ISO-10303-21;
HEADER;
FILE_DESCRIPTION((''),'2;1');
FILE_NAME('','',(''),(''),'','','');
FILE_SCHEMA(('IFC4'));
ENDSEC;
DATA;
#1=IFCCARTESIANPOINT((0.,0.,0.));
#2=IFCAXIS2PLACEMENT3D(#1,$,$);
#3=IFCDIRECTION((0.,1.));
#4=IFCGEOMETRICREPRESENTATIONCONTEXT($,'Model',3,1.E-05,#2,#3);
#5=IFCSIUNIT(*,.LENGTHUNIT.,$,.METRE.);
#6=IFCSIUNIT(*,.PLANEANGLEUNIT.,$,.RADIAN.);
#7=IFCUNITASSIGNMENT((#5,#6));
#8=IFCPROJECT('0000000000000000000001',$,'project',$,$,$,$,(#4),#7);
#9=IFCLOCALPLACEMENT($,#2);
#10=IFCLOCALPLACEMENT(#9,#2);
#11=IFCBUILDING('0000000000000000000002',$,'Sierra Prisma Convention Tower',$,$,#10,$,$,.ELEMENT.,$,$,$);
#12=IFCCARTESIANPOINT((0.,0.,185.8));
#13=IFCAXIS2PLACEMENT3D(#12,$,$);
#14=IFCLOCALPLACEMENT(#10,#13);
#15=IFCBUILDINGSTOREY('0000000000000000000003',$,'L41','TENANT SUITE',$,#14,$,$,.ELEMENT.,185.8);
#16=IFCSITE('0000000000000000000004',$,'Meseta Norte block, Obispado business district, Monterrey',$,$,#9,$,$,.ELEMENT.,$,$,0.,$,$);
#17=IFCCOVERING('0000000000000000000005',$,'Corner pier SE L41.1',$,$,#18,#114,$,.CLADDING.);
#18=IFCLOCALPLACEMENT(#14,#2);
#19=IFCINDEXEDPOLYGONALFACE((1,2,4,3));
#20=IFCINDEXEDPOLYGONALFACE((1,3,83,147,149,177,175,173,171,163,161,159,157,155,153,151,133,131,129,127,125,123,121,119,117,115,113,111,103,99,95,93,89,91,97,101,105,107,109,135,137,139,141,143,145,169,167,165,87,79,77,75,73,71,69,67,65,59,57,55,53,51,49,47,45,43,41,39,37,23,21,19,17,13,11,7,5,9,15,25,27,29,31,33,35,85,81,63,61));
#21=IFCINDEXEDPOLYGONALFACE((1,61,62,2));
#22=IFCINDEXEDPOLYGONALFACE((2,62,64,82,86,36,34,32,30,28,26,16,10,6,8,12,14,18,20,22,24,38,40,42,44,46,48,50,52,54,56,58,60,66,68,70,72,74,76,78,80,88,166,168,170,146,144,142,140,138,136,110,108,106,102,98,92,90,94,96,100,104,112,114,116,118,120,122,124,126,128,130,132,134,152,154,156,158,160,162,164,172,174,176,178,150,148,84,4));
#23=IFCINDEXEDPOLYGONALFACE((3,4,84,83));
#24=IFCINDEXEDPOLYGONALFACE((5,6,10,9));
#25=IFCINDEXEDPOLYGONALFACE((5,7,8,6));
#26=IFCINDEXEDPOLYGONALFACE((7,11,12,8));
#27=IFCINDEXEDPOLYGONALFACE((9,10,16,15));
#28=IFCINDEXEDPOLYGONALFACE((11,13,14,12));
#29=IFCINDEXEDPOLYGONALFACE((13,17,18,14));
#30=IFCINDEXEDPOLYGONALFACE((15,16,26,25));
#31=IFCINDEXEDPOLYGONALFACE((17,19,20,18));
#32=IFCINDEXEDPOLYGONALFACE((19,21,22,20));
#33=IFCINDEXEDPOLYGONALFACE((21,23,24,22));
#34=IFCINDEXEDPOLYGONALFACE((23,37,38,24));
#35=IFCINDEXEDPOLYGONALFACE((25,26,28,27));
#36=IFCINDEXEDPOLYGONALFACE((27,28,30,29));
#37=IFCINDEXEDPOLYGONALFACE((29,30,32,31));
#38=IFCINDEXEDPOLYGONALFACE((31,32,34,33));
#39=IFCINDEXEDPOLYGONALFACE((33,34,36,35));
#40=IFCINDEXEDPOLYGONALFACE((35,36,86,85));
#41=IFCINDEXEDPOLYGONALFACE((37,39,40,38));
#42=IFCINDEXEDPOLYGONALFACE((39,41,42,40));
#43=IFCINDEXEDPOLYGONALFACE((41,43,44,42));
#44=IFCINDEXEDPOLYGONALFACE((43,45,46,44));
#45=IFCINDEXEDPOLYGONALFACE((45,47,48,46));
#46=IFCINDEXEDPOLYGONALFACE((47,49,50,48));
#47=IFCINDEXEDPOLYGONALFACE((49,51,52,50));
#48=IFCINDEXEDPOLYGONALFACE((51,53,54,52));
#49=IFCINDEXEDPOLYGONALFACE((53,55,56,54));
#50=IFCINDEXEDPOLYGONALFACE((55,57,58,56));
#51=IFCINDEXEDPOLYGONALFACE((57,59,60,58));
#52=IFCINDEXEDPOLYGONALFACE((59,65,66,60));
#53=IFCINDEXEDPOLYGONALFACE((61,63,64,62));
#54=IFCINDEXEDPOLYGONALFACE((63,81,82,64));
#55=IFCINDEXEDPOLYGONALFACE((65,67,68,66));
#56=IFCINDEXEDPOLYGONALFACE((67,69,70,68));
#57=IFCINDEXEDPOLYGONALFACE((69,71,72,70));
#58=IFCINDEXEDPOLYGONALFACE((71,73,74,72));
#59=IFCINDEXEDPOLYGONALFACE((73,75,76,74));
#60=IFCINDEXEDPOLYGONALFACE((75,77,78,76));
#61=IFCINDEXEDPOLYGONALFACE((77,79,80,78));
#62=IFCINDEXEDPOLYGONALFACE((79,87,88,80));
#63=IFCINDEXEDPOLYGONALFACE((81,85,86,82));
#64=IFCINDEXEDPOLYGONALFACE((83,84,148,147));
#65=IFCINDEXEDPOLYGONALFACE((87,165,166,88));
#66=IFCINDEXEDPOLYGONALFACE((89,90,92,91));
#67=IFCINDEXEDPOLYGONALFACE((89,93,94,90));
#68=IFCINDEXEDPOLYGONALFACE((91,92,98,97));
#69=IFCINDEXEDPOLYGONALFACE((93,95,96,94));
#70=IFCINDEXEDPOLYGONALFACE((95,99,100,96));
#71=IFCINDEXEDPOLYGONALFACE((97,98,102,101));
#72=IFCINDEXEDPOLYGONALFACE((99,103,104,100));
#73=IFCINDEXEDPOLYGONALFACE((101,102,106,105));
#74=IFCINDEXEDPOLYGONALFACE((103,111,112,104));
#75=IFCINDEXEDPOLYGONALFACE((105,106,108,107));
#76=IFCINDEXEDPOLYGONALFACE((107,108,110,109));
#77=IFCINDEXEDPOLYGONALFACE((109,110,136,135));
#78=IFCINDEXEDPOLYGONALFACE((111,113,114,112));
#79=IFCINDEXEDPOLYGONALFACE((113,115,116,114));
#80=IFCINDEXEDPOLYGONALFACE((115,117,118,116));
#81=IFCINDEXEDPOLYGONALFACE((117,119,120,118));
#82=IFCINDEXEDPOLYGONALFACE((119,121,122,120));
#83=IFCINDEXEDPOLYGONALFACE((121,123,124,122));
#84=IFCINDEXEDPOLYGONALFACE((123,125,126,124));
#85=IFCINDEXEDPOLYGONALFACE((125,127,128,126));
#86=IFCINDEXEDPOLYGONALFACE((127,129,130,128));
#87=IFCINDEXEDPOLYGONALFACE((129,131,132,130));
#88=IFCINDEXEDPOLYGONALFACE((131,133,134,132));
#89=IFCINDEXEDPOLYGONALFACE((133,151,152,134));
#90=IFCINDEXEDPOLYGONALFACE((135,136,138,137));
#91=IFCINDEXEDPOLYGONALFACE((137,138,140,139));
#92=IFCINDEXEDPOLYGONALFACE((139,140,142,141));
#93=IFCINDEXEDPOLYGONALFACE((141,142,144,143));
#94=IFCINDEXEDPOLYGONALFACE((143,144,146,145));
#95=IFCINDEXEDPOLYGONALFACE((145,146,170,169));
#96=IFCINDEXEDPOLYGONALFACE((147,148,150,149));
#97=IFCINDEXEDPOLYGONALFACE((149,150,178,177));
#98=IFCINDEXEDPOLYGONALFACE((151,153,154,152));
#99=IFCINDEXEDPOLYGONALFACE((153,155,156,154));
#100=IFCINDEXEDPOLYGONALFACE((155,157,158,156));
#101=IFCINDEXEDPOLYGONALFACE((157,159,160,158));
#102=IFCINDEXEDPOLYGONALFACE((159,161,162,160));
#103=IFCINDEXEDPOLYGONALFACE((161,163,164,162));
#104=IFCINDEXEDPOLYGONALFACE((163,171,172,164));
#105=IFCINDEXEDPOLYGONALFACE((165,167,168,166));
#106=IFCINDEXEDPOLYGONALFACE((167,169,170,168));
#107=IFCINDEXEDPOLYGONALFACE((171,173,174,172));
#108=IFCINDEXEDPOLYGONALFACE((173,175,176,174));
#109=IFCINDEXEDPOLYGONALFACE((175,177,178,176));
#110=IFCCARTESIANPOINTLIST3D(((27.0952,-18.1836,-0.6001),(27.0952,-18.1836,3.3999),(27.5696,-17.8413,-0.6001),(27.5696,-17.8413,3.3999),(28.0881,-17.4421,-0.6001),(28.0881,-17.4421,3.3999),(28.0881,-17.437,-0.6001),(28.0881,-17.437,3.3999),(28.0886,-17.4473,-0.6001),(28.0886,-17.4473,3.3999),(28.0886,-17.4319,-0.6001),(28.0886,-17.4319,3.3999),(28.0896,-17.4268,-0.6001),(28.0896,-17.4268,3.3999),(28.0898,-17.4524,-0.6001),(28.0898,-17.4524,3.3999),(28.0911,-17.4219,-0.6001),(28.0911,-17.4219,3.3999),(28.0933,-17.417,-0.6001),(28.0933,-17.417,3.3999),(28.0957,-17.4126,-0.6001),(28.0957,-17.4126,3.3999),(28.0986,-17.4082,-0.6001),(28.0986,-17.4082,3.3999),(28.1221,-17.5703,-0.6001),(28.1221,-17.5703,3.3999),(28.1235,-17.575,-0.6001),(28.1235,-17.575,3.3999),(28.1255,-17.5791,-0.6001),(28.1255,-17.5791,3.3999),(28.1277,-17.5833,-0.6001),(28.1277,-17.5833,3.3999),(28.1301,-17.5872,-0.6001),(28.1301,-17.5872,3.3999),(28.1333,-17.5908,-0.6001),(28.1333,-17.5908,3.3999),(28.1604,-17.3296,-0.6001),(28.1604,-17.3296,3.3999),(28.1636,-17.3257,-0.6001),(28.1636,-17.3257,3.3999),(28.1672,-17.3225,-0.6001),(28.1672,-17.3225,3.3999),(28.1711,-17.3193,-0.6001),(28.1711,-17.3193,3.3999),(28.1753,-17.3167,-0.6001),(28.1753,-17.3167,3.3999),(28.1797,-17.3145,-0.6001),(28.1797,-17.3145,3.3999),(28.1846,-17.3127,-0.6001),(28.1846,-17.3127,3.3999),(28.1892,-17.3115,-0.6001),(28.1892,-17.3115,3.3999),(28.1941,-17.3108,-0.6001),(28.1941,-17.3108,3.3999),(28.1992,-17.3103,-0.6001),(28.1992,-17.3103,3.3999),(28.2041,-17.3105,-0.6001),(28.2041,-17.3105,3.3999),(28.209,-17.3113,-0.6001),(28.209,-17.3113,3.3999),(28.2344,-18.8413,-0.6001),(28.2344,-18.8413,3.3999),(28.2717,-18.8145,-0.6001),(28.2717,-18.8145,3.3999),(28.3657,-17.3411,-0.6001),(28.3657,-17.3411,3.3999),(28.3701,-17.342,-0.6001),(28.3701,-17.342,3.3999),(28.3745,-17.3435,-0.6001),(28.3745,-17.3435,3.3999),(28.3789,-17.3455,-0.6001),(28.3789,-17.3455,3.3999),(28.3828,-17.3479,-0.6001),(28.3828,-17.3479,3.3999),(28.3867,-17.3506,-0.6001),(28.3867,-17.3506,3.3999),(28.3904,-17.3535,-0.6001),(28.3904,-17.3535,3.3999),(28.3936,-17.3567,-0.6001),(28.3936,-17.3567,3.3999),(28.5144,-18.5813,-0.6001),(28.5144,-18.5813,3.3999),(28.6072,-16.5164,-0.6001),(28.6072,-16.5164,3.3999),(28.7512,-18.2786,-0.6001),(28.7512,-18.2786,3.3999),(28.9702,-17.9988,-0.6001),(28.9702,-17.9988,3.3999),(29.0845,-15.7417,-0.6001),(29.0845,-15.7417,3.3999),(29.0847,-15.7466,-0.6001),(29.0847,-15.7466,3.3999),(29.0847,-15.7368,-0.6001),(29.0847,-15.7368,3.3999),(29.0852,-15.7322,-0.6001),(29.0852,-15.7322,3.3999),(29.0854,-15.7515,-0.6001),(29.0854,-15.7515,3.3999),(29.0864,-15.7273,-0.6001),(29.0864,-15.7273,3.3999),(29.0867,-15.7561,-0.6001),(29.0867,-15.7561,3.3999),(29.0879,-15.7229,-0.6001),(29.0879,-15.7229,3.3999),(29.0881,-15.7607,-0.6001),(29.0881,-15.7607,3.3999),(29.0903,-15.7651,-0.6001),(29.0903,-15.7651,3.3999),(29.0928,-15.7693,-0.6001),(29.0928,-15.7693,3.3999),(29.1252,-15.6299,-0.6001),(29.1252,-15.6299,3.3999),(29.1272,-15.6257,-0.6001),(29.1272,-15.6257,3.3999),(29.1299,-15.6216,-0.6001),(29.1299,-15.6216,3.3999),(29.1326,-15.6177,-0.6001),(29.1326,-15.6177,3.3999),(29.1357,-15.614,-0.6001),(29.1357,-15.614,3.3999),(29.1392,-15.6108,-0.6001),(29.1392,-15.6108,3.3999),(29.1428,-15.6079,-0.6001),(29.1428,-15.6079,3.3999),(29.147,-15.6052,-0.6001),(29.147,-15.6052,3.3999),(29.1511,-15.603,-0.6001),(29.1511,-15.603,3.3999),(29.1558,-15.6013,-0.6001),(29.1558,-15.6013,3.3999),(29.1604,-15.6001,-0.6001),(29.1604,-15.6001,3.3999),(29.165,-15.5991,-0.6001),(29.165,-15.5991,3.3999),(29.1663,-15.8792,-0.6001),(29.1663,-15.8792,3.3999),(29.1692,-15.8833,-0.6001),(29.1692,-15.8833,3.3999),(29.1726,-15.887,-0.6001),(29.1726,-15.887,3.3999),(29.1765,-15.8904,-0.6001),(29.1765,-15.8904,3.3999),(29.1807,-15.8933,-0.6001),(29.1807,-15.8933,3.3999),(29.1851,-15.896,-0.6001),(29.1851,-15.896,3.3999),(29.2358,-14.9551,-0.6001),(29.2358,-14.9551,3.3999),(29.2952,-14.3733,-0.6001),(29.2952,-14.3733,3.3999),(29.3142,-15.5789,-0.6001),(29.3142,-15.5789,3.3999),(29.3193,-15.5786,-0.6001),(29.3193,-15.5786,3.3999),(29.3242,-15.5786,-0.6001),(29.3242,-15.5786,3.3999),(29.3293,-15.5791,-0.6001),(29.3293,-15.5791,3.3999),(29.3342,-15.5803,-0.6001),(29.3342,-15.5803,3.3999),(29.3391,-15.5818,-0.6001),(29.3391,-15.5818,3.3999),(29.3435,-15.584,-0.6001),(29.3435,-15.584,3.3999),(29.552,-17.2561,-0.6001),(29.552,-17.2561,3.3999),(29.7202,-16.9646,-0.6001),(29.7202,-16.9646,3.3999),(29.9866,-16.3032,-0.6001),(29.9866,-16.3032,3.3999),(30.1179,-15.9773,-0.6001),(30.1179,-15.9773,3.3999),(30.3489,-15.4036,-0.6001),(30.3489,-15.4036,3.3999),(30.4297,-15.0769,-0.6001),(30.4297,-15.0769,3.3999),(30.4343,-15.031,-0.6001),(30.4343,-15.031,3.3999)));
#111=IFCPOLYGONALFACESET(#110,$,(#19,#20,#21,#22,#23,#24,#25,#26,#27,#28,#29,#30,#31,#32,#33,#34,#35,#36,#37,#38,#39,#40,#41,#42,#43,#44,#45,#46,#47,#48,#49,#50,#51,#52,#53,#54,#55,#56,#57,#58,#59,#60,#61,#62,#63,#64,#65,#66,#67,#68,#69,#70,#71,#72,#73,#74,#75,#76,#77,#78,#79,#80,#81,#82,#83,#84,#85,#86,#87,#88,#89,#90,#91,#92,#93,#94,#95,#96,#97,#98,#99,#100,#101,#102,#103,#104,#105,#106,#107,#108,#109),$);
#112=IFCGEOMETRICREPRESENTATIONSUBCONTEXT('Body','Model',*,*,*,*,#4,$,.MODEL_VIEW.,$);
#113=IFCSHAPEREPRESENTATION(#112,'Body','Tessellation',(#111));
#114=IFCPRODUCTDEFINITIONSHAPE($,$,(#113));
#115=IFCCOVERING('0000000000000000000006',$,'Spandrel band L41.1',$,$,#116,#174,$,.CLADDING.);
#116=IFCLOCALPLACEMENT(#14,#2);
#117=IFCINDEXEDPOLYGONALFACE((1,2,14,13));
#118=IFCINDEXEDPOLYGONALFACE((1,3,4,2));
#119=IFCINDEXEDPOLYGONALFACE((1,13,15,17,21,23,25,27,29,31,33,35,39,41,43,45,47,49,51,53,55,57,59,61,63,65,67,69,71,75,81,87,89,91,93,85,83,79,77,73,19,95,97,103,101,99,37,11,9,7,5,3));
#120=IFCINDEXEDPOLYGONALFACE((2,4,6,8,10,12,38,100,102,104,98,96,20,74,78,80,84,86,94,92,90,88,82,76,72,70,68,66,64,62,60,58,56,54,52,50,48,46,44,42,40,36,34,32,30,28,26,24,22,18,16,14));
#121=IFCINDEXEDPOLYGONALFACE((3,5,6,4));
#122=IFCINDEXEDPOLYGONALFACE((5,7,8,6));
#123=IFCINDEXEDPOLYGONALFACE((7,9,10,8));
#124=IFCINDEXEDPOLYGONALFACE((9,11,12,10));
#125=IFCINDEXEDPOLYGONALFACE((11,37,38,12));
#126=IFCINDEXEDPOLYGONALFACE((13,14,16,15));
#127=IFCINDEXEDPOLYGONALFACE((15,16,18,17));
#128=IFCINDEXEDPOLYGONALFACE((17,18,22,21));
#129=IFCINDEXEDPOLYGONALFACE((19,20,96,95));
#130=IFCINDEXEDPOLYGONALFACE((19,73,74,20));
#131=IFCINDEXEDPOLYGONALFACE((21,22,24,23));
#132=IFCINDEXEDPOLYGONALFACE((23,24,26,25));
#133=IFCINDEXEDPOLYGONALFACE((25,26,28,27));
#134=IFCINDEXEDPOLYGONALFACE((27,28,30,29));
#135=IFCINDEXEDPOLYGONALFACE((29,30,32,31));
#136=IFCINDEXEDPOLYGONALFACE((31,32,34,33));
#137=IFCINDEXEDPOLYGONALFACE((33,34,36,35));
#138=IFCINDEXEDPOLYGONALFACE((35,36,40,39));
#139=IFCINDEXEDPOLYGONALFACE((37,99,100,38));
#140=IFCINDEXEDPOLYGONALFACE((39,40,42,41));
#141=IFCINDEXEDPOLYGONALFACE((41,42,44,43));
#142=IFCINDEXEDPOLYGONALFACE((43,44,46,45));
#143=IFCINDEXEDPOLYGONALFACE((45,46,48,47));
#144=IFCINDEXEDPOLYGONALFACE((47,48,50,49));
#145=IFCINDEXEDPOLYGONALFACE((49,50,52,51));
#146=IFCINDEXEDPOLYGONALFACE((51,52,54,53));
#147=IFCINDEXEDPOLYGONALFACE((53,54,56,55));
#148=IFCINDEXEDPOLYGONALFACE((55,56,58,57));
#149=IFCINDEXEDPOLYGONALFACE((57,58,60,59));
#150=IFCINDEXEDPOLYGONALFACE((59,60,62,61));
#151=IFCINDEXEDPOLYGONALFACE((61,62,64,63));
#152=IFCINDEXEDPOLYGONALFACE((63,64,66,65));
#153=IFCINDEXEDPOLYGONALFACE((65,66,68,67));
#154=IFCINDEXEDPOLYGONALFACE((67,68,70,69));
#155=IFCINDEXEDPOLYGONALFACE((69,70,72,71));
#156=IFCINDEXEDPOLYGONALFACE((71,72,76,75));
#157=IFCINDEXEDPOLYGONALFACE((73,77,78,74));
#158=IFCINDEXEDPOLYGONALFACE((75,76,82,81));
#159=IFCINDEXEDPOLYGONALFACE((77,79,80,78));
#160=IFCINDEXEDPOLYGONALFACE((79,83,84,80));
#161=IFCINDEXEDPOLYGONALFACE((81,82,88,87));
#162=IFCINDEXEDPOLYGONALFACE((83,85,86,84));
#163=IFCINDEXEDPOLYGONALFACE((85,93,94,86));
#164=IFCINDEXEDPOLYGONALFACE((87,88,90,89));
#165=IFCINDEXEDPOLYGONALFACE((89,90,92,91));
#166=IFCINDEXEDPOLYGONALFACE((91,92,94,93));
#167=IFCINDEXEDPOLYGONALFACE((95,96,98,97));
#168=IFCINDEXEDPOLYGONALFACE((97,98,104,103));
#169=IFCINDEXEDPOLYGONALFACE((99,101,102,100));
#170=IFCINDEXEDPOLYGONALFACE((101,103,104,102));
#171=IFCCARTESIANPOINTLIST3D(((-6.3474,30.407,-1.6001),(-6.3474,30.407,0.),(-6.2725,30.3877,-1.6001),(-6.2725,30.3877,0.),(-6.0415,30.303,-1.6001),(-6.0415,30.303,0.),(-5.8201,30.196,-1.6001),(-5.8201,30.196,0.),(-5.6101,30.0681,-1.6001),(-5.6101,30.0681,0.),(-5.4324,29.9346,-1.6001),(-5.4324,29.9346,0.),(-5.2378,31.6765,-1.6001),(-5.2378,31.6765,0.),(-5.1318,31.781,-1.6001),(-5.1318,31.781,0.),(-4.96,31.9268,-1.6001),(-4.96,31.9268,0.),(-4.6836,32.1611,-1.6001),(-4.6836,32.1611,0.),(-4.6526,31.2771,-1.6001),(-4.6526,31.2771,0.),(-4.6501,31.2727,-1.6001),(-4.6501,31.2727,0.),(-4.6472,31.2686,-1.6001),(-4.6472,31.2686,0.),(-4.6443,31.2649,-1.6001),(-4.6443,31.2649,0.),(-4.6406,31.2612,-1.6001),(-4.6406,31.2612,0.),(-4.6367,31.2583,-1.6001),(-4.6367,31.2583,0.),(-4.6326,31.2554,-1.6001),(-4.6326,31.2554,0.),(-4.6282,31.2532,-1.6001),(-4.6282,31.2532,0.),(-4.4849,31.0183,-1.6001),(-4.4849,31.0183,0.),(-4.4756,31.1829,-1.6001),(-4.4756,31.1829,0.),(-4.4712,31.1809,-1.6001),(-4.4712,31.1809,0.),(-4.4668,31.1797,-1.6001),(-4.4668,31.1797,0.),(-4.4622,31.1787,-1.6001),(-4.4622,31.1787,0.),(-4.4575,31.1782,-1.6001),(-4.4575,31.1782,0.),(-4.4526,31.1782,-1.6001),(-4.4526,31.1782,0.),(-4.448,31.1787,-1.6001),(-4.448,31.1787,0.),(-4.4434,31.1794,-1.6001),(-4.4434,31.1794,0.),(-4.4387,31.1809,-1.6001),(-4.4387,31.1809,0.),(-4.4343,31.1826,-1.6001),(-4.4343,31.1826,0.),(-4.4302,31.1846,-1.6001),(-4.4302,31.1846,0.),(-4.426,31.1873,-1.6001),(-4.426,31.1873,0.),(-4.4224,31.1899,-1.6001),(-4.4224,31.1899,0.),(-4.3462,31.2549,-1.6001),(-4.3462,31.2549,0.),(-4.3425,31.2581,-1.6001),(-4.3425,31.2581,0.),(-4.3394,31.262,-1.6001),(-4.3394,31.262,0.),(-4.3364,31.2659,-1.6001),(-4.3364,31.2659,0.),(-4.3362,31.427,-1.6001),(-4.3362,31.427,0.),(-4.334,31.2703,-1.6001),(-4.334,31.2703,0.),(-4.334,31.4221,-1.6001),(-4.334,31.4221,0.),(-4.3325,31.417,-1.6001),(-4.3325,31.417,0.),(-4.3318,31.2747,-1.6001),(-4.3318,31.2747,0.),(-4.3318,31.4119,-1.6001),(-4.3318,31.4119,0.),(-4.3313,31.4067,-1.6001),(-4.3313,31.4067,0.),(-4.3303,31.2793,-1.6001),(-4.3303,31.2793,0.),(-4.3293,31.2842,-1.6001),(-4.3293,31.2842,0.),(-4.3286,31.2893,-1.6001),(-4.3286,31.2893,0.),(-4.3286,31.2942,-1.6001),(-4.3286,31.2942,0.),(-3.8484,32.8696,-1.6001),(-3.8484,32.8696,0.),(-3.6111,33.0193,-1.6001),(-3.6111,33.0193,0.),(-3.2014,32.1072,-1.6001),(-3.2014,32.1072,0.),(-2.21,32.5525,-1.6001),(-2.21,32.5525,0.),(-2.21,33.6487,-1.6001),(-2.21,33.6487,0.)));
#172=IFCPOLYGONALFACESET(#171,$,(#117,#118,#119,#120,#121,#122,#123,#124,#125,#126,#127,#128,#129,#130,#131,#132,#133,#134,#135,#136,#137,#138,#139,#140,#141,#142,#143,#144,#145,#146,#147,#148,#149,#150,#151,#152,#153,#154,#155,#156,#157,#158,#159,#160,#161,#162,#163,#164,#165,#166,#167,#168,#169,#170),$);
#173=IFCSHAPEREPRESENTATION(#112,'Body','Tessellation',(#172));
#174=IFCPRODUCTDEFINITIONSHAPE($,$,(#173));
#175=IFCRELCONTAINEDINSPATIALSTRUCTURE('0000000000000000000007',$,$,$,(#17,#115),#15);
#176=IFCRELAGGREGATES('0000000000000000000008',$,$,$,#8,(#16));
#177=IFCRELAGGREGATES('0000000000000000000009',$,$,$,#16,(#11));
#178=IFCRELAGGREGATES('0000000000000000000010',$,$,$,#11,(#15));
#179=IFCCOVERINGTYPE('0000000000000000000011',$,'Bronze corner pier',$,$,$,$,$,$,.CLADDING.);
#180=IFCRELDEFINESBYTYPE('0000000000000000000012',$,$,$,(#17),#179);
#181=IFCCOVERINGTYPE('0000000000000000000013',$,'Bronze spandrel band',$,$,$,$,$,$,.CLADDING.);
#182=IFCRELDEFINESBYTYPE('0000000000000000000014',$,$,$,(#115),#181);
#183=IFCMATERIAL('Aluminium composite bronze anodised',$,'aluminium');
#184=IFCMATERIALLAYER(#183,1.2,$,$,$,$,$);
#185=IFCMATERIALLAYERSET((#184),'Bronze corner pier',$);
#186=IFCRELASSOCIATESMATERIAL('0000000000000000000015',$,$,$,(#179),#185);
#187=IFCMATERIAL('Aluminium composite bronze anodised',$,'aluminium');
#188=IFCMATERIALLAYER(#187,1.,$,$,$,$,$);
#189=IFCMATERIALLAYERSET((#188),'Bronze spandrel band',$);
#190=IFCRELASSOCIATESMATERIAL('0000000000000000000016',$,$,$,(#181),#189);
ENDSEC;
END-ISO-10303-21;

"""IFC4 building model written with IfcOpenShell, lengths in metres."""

from ifc_helpers import new_model, si_unit, direction, frame, origin, place, context, subcontext, project, spatial, polyline, outline, extrude, material, layer, layer_set, type_object, element, save


model = new_model("IFC4")

# Units and contexts
model_context = context("Model", 3, precision=1e-05, world=origin(), true_north=direction((0.0, 1.0)))
body_context = subcontext(model_context, "Body", "Model", "MODEL_VIEW")
ifc_project = project(units=[si_unit("LENGTHUNIT", "METRE"), si_unit("PLANEANGLEUNIT", "RADIAN")], contexts=[model_context])

# Site, building, storey
site_placement = place(None, origin())
site = spatial("IfcSite", under=ifc_project, at=site_placement, Name="Meseta Norte block, Obispado business district, Monterrey", CompositionType="ELEMENT", RefElevation=0.0)
building_placement = place(site_placement, origin())
building = spatial("IfcBuilding", under=site, at=building_placement, Name="Sierra Prisma Convention Tower", CompositionType="ELEMENT")
storey_placement = place(building_placement, frame((0.0, 0.0, 185.8)))
storey = spatial("IfcBuildingStorey", under=building, at=storey_placement, Name="L41", Description="TENANT SUITE", CompositionType="ELEMENT", Elevation=185.8)

# Coverings
ifc_material_1 = material(Name="Aluminium composite bronze anodised", Category="aluminium")
ifc_layer_1 = layer(ifc_material_1, 1.2)
ifc_layer_set_1 = layer_set([ifc_layer_1], Name="Bronze corner pier")
covering_type_1 = type_object("IfcCoveringType", Name="Bronze corner pier", PredefinedType="CLADDING", material=ifc_layer_set_1)
covering_1_placement = place(storey_placement, frame((0.0, 0.0, -0.6001)))
element("IfcCovering", 1, at=covering_1_placement, inside=storey, type_object=covering_type_1, Name="Corner pier SE L41.1", PredefinedType="CLADDING", context=body_context, shape_type="SweptSolid", body=[
    extrude(outline(polyline([(29.1428, -15.6079), (29.1392, -15.6108), (29.1357, -15.614), (29.1326, -15.6177), (29.1299, -15.6216), (29.1272, -15.6257), (29.1252, -15.6299), (29.0879, -15.7229), (29.0864, -15.7273), (29.0852, -15.7322), (29.0847, -15.7368), (29.0845, -15.7417), (29.0847, -15.7466), (29.0854, -15.7515), (29.0867, -15.7561), (29.0881, -15.7607), (29.0903, -15.7651), (29.0928, -15.7693), (29.1663, -15.8792), (29.1692, -15.8833), (29.1726, -15.887), (29.1765, -15.8904), (29.1807, -15.8933), (29.1851, -15.896), (29.9866, -16.3032), (29.7202, -16.9646), (29.552, -17.2561), (28.9702, -17.9988), (28.3936, -17.3567), (28.3904, -17.3535), (28.3867, -17.3506), (28.3828, -17.3479), (28.3789, -17.3455), (28.3745, -17.3435), (28.3701, -17.342), (28.3657, -17.3411), (28.209, -17.3113), (28.2041, -17.3105), (28.1992, -17.3103), (28.1941, -17.3108), (28.1892, -17.3115), (28.1846, -17.3127), (28.1797, -17.3145), (28.1753, -17.3167), (28.1711, -17.3193), (28.1672, -17.3225), (28.1636, -17.3257), (28.1604, -17.3296), (28.0986, -17.4082), (28.0957, -17.4126), (28.0933, -17.417), (28.0911, -17.4219), (28.0896, -17.4268), (28.0886, -17.4319), (28.0881, -17.437), (28.0881, -17.4421), (28.0886, -17.4473), (28.0898, -17.4524), (28.1221, -17.5703), (28.1235, -17.575), (28.1255, -17.5791), (28.1277, -17.5833), (28.1301, -17.5872), (28.1333, -17.5908), (28.7512, -18.2786), (28.5144, -18.5813), (28.2717, -18.8145), (28.2344, -18.8413), (27.0952, -18.1836), (27.5696, -17.8413), (28.6072, -16.5164), (29.2358, -14.9551), (29.2952, -14.3733), (30.4343, -15.031), (30.4297, -15.0769), (30.3489, -15.4036), (30.1179, -15.9773), (29.3435, -15.584), (29.3391, -15.5818), (29.3342, -15.5803), (29.3293, -15.5791), (29.3242, -15.5786), (29.3193, -15.5786), (29.3142, -15.5789), (29.165, -15.5991), (29.1604, -15.6001), (29.1558, -15.6013), (29.1511, -15.603), (29.147, -15.6052), (29.1428, -15.6079)])), origin(), (0.0, 0.0, 1.0), 4.0),
])
ifc_material_2 = material(Name="Aluminium composite bronze anodised", Category="aluminium")
ifc_layer_2 = layer(ifc_material_2, 1.0)
ifc_layer_set_2 = layer_set([ifc_layer_2], Name="Bronze spandrel band")
covering_type_2 = type_object("IfcCoveringType", Name="Bronze spandrel band", PredefinedType="CLADDING", material=ifc_layer_set_2)
covering_2_placement = place(storey_placement, frame((0.0, 0.0, -1.6001)))
element("IfcCovering", 2, at=covering_2_placement, inside=storey, type_object=covering_type_2, Name="Spandrel band L41.1", PredefinedType="CLADDING", context=body_context, shape_type="SweptSolid", body=[
    extrude(outline(polyline([(-5.2378, 31.6765), (-5.1318, 31.781), (-4.96, 31.9268), (-4.6526, 31.2771), (-4.6501, 31.2727), (-4.6472, 31.2686), (-4.6443, 31.2649), (-4.6406, 31.2612), (-4.6367, 31.2583), (-4.6326, 31.2554), (-4.6282, 31.2532), (-4.4756, 31.1829), (-4.4712, 31.1809), (-4.4668, 31.1797), (-4.4622, 31.1787), (-4.4575, 31.1782), (-4.4526, 31.1782), (-4.448, 31.1787), (-4.4434, 31.1794), (-4.4387, 31.1809), (-4.4343, 31.1826), (-4.4302, 31.1846), (-4.426, 31.1873), (-4.4224, 31.1899), (-4.3462, 31.2549), (-4.3425, 31.2581), (-4.3394, 31.262), (-4.3364, 31.2659), (-4.334, 31.2703), (-4.3318, 31.2747), (-4.3303, 31.2793), (-4.3293, 31.2842), (-4.3286, 31.2893), (-4.3286, 31.2942), (-4.3313, 31.4067), (-4.3318, 31.4119), (-4.3325, 31.417), (-4.334, 31.4221), (-4.3362, 31.427), (-4.6836, 32.1611), (-3.8484, 32.8696), (-3.6111, 33.0193), (-2.21, 33.6487), (-2.21, 32.5525), (-3.2014, 32.1072), (-4.4849, 31.0183), (-5.4324, 29.9346), (-5.6101, 30.0681), (-5.8201, 30.196), (-6.0415, 30.303), (-6.2725, 30.3877), (-6.3474, 30.407), (-5.2378, 31.6765)])), origin(), (0.0, 0.0, 1.0), 1.6001),
])

save(model, "model.ifc")
